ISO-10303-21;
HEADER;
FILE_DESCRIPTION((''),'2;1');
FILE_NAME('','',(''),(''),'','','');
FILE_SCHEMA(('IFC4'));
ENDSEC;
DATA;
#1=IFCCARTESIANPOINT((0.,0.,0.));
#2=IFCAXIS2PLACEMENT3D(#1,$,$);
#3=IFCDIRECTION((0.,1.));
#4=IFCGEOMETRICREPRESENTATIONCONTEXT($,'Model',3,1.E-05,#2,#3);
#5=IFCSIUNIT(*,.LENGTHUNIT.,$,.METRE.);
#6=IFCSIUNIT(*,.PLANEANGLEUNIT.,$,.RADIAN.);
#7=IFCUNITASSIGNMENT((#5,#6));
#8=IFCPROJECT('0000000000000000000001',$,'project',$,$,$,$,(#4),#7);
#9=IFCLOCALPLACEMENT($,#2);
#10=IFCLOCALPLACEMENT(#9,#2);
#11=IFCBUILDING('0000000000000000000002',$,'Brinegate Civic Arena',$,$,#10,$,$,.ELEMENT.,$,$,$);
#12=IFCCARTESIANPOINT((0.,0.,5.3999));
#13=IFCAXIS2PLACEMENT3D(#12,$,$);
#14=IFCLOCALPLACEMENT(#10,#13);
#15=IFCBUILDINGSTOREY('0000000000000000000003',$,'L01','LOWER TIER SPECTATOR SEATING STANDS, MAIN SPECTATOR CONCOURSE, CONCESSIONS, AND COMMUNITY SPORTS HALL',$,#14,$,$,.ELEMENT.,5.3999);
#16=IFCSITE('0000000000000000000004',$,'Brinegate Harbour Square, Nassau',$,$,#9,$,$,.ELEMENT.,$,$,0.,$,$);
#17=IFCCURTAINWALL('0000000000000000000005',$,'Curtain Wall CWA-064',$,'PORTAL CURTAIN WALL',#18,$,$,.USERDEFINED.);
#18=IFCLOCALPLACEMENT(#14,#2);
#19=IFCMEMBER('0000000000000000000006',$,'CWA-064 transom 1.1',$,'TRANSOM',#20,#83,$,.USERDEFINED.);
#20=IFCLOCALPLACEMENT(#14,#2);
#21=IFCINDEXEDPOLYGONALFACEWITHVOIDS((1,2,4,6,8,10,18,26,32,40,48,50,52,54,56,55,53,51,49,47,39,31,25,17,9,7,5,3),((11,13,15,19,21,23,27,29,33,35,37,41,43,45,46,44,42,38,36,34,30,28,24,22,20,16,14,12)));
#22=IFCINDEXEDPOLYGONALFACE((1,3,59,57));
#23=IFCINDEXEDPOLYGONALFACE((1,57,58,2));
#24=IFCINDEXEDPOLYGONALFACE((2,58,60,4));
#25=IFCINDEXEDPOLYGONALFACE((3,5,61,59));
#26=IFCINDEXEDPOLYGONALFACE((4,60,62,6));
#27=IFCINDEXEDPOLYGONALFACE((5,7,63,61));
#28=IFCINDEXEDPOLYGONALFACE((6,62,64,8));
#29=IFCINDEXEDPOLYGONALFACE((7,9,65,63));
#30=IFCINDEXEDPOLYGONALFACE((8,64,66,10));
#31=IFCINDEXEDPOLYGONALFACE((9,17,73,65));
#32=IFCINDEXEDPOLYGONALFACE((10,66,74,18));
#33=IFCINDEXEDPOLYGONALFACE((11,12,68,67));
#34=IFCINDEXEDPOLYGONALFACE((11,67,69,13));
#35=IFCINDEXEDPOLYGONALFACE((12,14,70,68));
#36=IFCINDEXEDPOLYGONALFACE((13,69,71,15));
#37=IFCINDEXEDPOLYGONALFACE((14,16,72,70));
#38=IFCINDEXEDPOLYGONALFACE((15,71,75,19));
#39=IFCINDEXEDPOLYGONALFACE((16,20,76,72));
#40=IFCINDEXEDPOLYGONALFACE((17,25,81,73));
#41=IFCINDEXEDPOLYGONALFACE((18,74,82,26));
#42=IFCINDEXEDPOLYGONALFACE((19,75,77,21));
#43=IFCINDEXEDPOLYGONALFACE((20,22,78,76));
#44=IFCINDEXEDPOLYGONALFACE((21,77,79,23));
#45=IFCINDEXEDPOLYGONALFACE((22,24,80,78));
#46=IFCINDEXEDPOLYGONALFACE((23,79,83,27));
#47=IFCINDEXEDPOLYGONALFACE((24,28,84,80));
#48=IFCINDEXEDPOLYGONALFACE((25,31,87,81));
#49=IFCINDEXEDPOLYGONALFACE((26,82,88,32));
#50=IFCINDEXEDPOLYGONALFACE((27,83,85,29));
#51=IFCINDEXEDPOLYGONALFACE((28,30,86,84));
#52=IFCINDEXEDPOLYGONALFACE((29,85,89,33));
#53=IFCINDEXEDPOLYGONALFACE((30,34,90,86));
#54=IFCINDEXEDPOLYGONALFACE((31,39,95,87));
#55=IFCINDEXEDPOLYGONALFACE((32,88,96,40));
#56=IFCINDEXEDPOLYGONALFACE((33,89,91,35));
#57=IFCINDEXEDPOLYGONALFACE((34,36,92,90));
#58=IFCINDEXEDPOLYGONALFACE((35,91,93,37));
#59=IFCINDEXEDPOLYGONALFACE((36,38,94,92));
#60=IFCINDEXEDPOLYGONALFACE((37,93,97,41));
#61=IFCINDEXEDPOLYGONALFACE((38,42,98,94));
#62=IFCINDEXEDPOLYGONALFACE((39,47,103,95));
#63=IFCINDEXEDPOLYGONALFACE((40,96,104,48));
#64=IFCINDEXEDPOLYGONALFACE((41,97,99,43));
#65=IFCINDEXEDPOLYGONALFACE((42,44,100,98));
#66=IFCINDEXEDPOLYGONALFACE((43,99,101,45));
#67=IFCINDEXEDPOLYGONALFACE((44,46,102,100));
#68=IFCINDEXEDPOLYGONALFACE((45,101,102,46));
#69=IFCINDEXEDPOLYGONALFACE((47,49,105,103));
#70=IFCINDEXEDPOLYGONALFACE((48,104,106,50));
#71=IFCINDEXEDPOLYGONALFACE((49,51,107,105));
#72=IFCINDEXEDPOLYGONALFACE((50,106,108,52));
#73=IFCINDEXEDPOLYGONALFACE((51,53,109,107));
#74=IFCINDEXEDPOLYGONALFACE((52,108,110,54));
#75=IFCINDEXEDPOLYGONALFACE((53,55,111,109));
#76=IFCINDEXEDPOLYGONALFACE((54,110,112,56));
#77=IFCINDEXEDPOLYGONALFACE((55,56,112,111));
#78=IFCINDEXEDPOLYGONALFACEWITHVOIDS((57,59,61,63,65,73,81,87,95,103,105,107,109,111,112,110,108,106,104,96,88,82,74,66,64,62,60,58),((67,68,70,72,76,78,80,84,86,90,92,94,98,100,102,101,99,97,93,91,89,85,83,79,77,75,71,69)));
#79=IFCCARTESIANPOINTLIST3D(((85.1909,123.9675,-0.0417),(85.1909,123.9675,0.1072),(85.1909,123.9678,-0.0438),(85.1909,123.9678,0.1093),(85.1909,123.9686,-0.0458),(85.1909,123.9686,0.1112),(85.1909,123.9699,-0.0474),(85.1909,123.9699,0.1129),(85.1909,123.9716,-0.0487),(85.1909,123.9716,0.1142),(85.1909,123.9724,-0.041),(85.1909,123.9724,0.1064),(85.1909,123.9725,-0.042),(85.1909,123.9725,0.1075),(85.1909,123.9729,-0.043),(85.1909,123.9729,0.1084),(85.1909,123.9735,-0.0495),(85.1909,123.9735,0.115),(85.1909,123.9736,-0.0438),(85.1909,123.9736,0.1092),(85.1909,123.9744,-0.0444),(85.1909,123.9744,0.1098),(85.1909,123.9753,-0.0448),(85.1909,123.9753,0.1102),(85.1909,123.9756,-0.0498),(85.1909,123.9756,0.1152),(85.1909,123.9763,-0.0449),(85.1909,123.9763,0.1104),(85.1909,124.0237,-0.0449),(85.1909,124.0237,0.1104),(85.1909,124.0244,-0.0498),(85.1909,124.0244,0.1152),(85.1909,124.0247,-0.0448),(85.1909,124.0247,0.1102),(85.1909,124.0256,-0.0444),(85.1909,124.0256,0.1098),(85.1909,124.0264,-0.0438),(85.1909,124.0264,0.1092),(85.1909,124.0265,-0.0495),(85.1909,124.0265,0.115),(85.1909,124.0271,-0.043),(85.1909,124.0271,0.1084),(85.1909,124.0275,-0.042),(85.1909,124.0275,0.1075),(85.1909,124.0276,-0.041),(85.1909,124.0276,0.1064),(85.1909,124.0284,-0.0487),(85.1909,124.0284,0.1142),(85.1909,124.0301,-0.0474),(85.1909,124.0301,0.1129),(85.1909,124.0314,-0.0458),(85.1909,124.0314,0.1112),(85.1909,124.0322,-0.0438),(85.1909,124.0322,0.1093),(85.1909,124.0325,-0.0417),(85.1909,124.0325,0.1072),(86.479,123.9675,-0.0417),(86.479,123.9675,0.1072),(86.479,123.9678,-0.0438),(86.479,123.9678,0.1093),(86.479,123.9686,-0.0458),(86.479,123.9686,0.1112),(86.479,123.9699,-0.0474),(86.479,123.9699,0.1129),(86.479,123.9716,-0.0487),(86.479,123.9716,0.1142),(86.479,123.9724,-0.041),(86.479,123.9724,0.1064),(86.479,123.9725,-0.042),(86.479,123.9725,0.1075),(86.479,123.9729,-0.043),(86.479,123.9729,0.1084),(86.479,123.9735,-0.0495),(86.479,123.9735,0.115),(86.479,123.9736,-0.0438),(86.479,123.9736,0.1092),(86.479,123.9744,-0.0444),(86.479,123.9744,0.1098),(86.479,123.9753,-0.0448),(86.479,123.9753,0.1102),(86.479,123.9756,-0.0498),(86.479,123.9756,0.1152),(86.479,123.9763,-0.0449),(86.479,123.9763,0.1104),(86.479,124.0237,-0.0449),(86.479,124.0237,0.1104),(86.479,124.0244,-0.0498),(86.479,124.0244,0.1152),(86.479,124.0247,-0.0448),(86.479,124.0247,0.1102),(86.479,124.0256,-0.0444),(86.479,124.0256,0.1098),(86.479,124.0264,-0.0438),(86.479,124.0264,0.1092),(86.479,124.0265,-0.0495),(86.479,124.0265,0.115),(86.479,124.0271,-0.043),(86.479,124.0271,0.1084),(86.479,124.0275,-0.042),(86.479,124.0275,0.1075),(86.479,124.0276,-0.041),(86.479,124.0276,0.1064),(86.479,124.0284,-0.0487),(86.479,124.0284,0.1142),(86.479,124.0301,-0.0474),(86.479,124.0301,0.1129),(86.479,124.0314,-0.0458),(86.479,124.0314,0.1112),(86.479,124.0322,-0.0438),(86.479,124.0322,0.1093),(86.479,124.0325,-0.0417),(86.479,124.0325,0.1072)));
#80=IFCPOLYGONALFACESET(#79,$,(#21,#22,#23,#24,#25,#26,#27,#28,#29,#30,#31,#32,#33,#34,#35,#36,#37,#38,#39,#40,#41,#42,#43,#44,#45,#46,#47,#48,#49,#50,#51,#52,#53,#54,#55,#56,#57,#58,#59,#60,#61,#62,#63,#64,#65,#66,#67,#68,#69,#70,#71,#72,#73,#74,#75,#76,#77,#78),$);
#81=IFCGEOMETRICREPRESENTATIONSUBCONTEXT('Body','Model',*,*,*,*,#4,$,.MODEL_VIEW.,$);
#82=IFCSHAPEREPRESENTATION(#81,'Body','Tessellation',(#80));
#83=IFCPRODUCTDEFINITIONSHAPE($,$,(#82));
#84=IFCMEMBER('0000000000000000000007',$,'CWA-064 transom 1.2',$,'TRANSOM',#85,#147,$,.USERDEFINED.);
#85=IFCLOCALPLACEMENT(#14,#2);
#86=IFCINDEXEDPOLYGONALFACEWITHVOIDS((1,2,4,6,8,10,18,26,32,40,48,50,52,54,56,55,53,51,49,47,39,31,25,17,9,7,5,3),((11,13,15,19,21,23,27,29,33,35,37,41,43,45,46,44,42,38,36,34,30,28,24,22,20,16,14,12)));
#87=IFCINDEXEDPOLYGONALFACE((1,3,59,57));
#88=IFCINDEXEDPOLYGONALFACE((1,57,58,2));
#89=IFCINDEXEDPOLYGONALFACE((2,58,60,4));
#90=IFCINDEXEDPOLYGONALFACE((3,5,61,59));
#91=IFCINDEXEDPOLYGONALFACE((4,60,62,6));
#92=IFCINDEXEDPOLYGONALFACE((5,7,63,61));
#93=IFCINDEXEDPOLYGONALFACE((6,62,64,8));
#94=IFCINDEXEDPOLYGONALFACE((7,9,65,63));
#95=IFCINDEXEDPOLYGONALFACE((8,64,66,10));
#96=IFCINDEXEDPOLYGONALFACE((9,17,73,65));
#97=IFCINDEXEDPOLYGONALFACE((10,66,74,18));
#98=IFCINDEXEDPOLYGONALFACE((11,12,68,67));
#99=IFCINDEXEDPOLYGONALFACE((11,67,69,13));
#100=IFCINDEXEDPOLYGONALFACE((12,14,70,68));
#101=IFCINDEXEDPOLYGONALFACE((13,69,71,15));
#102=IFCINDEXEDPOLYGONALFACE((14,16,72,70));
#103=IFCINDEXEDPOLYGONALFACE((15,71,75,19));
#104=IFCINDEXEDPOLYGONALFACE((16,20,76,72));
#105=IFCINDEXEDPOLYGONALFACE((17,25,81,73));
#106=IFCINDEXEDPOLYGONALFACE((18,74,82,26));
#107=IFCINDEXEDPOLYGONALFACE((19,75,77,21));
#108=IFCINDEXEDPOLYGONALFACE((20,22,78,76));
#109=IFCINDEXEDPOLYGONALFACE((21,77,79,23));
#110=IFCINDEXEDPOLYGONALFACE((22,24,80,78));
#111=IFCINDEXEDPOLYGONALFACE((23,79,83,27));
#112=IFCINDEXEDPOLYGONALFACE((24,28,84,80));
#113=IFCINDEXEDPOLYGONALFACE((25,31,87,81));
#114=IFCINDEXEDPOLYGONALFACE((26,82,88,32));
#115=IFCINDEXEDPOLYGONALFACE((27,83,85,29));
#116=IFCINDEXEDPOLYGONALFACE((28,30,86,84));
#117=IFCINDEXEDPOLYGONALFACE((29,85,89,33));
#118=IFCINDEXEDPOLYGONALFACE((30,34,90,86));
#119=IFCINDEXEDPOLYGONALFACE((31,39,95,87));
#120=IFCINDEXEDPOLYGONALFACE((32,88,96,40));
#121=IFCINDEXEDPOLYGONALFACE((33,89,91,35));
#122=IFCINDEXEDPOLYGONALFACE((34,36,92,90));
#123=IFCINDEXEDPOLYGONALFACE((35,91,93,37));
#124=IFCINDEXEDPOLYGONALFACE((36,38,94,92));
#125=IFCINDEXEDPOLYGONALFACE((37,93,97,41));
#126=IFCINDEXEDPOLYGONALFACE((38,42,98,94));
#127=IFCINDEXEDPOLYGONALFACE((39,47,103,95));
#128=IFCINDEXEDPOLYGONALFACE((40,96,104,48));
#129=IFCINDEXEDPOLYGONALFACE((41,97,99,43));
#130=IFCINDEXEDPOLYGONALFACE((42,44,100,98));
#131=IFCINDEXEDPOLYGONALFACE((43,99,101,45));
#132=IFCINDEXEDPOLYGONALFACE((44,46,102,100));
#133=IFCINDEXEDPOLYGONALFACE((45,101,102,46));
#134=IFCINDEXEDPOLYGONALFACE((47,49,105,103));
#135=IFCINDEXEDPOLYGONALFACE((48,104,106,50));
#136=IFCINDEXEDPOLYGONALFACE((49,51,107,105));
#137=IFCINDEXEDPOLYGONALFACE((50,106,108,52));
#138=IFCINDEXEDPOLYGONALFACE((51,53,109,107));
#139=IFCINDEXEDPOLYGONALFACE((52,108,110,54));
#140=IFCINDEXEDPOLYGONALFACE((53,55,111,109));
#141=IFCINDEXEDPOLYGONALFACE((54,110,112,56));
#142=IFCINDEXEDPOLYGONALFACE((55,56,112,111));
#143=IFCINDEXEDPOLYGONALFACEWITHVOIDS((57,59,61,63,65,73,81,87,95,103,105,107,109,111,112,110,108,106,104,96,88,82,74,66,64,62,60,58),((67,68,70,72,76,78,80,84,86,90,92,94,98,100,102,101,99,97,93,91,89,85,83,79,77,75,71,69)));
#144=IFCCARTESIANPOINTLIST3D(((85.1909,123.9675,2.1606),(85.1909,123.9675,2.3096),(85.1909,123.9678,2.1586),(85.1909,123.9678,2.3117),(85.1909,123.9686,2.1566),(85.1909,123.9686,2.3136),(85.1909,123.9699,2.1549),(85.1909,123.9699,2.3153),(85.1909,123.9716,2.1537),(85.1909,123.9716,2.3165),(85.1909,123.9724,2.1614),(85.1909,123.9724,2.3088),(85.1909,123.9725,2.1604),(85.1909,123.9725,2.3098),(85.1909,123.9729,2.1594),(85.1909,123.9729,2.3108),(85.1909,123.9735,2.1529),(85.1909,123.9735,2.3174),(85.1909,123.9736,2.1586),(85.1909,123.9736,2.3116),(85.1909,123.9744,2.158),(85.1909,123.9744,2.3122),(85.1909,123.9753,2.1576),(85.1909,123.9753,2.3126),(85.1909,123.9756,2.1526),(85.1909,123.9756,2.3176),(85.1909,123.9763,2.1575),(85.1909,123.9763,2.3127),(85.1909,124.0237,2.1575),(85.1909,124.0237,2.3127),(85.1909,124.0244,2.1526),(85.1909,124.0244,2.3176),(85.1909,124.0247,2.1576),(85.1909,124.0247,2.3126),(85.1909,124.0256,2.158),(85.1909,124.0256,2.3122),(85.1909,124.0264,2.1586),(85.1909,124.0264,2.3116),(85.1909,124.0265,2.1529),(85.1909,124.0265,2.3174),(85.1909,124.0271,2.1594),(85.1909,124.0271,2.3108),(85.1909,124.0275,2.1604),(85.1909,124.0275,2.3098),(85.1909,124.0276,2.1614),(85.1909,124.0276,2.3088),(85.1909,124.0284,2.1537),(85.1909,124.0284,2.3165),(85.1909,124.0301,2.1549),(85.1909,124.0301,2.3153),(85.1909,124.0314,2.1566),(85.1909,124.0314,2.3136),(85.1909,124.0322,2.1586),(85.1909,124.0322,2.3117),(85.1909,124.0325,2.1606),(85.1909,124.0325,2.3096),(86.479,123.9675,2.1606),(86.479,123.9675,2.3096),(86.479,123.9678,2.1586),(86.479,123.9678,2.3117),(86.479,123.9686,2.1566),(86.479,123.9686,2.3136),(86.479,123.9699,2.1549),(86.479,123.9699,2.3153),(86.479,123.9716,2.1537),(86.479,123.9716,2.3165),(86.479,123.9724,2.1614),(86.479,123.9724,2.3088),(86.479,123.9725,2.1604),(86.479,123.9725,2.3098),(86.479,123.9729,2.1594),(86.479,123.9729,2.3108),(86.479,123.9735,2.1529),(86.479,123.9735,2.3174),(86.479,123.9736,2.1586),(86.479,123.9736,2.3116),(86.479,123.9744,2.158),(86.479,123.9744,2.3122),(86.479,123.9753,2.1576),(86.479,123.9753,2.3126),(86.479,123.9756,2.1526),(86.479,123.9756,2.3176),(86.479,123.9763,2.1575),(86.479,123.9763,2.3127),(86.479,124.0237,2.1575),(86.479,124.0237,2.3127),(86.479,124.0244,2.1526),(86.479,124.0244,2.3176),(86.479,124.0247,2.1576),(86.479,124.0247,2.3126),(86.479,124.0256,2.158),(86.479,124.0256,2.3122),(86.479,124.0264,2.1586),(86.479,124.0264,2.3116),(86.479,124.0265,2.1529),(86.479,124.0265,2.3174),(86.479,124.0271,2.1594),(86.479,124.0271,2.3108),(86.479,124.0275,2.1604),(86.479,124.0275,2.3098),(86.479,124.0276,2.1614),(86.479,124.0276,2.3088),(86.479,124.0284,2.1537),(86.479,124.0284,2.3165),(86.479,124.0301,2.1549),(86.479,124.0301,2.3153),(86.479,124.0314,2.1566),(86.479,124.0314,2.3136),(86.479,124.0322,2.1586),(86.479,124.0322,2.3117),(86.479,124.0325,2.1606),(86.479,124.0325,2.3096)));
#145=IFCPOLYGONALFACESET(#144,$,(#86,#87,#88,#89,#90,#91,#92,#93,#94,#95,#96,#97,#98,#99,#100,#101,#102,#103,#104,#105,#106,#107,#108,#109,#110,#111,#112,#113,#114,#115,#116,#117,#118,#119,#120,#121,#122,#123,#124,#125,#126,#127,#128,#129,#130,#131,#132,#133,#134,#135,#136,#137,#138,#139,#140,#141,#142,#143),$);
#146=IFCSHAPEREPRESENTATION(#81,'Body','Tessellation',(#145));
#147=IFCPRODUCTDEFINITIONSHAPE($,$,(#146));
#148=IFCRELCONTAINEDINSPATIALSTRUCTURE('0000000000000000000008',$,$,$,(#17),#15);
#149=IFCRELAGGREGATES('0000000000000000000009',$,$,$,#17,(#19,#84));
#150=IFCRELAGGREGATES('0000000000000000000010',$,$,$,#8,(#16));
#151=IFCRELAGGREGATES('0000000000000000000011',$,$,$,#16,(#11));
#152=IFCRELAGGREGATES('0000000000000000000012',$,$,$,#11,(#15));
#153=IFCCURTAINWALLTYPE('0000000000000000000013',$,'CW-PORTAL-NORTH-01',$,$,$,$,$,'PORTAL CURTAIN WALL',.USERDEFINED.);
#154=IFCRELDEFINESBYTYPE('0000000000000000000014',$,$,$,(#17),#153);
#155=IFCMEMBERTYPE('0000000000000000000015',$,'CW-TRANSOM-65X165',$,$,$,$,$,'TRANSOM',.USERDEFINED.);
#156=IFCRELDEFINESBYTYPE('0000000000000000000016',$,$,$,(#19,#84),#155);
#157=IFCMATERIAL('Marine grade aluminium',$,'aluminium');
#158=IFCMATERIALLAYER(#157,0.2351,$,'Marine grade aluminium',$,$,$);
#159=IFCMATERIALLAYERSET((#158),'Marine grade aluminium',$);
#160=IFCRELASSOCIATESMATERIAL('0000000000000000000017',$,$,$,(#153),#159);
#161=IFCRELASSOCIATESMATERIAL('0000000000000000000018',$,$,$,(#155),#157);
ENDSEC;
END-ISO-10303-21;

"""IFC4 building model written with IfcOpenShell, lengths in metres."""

from ifc_helpers import new_model, si_unit, direction, frame, origin, origin_2d, place, context, subcontext, project, spatial, hollow_rectangle, extrude, material, layer, layer_set, material_profile, profile_set, type_object, element, aggregate, save


model = new_model("IFC4")

# Units and contexts
model_context = context("Model", 3, precision=1e-05, world=origin(), true_north=direction((0.0, 1.0)))
body_context = subcontext(model_context, "Body", "Model", "MODEL_VIEW")
ifc_project = project(units=[si_unit("LENGTHUNIT", "METRE"), si_unit("PLANEANGLEUNIT", "RADIAN")], contexts=[model_context])

# Site, building, storey
site_placement = place(None, origin())
site = spatial("IfcSite", under=ifc_project, at=site_placement, Name="Brinegate Harbour Square, Nassau", CompositionType="ELEMENT", RefElevation=0.0)
building_placement = place(site_placement, origin())
building = spatial("IfcBuilding", under=site, at=building_placement, Name="Brinegate Civic Arena", CompositionType="ELEMENT")
storey_placement = place(building_placement, frame((0.0, 0.0, 5.3999)))
storey = spatial("IfcBuildingStorey", under=building, at=storey_placement, Name="L01", Description="LOWER TIER SPECTATOR SEATING STANDS, MAIN SPECTATOR CONCOURSE, CONCESSIONS, AND COMMUNITY SPORTS HALL", CompositionType="ELEMENT", Elevation=5.3999)

# Curtain wall, members
ifc_material_1 = material(Name="Marine grade aluminium", Category="aluminium")
ifc_layer_1 = layer(ifc_material_1, 0.2351, Name="Marine grade aluminium")
ifc_layer_set_1 = layer_set([ifc_layer_1], Name="Marine grade aluminium")
curtain_wall_type = type_object("IfcCurtainWallType", Name="CW-PORTAL-NORTH-01", ElementType="PORTAL CURTAIN WALL", PredefinedType="USERDEFINED", material=ifc_layer_set_1)
curtain_wall_placement = place(storey_placement, origin())
curtain_wall = element("IfcCurtainWall", 1, at=curtain_wall_placement, inside=storey, type_object=curtain_wall_type, Name="Curtain Wall CWA-064", ObjectType="PORTAL CURTAIN WALL", PredefinedType="USERDEFINED")
ifc_material_profile_1 = material_profile(ifc_material_1, hollow_rectangle(XDim=0.0649, YDim=0.165, WallThickness=0.0049, InnerFilletRadius=0.0039, OuterFilletRadius=0.0081, at=origin_2d()), Name="TRN65X165")
ifc_profile_set_1 = profile_set([ifc_material_profile_1], Name="Marine grade aluminium")
member_type_1 = type_object("IfcMemberType", Name="CW-TRANSOM-65X165", ElementType="TRANSOM", PredefinedType="USERDEFINED", material=ifc_profile_set_1)
member_1_placement = place(storey_placement, frame((85.1909, 124.0, 0.0327), z_axis=(1.0, 0.0, 0.0), x_axis=(0.0, 1.0, 0.0)))
member_1 = element("IfcMember", 2, at=member_1_placement, type_object=member_type_1, Name="CWA-064 transom 1.1", ObjectType="TRANSOM", PredefinedType="USERDEFINED", context=body_context, shape_type="SweptSolid", body=[
    extrude(hollow_rectangle(XDim=0.0649, YDim=0.165, WallThickness=0.0049, InnerFilletRadius=0.0039, OuterFilletRadius=0.0081, at=origin_2d()), origin(), (0.0, 0.0, 1.0), 1.2881),
])
member_2_placement = place(storey_placement, frame((85.1909, 124.0, 2.2351), z_axis=(1.0, 0.0, 0.0), x_axis=(0.0, 1.0, 0.0)))
member_2 = element("IfcMember", 3, at=member_2_placement, type_object=member_type_1, Name="CWA-064 transom 1.2", ObjectType="TRANSOM", PredefinedType="USERDEFINED", context=body_context, shape_type="SweptSolid", body=[
    extrude(hollow_rectangle(XDim=0.0649, YDim=0.165, WallThickness=0.0049, InnerFilletRadius=0.0039, OuterFilletRadius=0.0081, at=origin_2d()), origin(), (0.0, 0.0, 1.0), 1.2881),
])

aggregate(curtain_wall, [member_1, member_2])

save(model, "model.ifc")
